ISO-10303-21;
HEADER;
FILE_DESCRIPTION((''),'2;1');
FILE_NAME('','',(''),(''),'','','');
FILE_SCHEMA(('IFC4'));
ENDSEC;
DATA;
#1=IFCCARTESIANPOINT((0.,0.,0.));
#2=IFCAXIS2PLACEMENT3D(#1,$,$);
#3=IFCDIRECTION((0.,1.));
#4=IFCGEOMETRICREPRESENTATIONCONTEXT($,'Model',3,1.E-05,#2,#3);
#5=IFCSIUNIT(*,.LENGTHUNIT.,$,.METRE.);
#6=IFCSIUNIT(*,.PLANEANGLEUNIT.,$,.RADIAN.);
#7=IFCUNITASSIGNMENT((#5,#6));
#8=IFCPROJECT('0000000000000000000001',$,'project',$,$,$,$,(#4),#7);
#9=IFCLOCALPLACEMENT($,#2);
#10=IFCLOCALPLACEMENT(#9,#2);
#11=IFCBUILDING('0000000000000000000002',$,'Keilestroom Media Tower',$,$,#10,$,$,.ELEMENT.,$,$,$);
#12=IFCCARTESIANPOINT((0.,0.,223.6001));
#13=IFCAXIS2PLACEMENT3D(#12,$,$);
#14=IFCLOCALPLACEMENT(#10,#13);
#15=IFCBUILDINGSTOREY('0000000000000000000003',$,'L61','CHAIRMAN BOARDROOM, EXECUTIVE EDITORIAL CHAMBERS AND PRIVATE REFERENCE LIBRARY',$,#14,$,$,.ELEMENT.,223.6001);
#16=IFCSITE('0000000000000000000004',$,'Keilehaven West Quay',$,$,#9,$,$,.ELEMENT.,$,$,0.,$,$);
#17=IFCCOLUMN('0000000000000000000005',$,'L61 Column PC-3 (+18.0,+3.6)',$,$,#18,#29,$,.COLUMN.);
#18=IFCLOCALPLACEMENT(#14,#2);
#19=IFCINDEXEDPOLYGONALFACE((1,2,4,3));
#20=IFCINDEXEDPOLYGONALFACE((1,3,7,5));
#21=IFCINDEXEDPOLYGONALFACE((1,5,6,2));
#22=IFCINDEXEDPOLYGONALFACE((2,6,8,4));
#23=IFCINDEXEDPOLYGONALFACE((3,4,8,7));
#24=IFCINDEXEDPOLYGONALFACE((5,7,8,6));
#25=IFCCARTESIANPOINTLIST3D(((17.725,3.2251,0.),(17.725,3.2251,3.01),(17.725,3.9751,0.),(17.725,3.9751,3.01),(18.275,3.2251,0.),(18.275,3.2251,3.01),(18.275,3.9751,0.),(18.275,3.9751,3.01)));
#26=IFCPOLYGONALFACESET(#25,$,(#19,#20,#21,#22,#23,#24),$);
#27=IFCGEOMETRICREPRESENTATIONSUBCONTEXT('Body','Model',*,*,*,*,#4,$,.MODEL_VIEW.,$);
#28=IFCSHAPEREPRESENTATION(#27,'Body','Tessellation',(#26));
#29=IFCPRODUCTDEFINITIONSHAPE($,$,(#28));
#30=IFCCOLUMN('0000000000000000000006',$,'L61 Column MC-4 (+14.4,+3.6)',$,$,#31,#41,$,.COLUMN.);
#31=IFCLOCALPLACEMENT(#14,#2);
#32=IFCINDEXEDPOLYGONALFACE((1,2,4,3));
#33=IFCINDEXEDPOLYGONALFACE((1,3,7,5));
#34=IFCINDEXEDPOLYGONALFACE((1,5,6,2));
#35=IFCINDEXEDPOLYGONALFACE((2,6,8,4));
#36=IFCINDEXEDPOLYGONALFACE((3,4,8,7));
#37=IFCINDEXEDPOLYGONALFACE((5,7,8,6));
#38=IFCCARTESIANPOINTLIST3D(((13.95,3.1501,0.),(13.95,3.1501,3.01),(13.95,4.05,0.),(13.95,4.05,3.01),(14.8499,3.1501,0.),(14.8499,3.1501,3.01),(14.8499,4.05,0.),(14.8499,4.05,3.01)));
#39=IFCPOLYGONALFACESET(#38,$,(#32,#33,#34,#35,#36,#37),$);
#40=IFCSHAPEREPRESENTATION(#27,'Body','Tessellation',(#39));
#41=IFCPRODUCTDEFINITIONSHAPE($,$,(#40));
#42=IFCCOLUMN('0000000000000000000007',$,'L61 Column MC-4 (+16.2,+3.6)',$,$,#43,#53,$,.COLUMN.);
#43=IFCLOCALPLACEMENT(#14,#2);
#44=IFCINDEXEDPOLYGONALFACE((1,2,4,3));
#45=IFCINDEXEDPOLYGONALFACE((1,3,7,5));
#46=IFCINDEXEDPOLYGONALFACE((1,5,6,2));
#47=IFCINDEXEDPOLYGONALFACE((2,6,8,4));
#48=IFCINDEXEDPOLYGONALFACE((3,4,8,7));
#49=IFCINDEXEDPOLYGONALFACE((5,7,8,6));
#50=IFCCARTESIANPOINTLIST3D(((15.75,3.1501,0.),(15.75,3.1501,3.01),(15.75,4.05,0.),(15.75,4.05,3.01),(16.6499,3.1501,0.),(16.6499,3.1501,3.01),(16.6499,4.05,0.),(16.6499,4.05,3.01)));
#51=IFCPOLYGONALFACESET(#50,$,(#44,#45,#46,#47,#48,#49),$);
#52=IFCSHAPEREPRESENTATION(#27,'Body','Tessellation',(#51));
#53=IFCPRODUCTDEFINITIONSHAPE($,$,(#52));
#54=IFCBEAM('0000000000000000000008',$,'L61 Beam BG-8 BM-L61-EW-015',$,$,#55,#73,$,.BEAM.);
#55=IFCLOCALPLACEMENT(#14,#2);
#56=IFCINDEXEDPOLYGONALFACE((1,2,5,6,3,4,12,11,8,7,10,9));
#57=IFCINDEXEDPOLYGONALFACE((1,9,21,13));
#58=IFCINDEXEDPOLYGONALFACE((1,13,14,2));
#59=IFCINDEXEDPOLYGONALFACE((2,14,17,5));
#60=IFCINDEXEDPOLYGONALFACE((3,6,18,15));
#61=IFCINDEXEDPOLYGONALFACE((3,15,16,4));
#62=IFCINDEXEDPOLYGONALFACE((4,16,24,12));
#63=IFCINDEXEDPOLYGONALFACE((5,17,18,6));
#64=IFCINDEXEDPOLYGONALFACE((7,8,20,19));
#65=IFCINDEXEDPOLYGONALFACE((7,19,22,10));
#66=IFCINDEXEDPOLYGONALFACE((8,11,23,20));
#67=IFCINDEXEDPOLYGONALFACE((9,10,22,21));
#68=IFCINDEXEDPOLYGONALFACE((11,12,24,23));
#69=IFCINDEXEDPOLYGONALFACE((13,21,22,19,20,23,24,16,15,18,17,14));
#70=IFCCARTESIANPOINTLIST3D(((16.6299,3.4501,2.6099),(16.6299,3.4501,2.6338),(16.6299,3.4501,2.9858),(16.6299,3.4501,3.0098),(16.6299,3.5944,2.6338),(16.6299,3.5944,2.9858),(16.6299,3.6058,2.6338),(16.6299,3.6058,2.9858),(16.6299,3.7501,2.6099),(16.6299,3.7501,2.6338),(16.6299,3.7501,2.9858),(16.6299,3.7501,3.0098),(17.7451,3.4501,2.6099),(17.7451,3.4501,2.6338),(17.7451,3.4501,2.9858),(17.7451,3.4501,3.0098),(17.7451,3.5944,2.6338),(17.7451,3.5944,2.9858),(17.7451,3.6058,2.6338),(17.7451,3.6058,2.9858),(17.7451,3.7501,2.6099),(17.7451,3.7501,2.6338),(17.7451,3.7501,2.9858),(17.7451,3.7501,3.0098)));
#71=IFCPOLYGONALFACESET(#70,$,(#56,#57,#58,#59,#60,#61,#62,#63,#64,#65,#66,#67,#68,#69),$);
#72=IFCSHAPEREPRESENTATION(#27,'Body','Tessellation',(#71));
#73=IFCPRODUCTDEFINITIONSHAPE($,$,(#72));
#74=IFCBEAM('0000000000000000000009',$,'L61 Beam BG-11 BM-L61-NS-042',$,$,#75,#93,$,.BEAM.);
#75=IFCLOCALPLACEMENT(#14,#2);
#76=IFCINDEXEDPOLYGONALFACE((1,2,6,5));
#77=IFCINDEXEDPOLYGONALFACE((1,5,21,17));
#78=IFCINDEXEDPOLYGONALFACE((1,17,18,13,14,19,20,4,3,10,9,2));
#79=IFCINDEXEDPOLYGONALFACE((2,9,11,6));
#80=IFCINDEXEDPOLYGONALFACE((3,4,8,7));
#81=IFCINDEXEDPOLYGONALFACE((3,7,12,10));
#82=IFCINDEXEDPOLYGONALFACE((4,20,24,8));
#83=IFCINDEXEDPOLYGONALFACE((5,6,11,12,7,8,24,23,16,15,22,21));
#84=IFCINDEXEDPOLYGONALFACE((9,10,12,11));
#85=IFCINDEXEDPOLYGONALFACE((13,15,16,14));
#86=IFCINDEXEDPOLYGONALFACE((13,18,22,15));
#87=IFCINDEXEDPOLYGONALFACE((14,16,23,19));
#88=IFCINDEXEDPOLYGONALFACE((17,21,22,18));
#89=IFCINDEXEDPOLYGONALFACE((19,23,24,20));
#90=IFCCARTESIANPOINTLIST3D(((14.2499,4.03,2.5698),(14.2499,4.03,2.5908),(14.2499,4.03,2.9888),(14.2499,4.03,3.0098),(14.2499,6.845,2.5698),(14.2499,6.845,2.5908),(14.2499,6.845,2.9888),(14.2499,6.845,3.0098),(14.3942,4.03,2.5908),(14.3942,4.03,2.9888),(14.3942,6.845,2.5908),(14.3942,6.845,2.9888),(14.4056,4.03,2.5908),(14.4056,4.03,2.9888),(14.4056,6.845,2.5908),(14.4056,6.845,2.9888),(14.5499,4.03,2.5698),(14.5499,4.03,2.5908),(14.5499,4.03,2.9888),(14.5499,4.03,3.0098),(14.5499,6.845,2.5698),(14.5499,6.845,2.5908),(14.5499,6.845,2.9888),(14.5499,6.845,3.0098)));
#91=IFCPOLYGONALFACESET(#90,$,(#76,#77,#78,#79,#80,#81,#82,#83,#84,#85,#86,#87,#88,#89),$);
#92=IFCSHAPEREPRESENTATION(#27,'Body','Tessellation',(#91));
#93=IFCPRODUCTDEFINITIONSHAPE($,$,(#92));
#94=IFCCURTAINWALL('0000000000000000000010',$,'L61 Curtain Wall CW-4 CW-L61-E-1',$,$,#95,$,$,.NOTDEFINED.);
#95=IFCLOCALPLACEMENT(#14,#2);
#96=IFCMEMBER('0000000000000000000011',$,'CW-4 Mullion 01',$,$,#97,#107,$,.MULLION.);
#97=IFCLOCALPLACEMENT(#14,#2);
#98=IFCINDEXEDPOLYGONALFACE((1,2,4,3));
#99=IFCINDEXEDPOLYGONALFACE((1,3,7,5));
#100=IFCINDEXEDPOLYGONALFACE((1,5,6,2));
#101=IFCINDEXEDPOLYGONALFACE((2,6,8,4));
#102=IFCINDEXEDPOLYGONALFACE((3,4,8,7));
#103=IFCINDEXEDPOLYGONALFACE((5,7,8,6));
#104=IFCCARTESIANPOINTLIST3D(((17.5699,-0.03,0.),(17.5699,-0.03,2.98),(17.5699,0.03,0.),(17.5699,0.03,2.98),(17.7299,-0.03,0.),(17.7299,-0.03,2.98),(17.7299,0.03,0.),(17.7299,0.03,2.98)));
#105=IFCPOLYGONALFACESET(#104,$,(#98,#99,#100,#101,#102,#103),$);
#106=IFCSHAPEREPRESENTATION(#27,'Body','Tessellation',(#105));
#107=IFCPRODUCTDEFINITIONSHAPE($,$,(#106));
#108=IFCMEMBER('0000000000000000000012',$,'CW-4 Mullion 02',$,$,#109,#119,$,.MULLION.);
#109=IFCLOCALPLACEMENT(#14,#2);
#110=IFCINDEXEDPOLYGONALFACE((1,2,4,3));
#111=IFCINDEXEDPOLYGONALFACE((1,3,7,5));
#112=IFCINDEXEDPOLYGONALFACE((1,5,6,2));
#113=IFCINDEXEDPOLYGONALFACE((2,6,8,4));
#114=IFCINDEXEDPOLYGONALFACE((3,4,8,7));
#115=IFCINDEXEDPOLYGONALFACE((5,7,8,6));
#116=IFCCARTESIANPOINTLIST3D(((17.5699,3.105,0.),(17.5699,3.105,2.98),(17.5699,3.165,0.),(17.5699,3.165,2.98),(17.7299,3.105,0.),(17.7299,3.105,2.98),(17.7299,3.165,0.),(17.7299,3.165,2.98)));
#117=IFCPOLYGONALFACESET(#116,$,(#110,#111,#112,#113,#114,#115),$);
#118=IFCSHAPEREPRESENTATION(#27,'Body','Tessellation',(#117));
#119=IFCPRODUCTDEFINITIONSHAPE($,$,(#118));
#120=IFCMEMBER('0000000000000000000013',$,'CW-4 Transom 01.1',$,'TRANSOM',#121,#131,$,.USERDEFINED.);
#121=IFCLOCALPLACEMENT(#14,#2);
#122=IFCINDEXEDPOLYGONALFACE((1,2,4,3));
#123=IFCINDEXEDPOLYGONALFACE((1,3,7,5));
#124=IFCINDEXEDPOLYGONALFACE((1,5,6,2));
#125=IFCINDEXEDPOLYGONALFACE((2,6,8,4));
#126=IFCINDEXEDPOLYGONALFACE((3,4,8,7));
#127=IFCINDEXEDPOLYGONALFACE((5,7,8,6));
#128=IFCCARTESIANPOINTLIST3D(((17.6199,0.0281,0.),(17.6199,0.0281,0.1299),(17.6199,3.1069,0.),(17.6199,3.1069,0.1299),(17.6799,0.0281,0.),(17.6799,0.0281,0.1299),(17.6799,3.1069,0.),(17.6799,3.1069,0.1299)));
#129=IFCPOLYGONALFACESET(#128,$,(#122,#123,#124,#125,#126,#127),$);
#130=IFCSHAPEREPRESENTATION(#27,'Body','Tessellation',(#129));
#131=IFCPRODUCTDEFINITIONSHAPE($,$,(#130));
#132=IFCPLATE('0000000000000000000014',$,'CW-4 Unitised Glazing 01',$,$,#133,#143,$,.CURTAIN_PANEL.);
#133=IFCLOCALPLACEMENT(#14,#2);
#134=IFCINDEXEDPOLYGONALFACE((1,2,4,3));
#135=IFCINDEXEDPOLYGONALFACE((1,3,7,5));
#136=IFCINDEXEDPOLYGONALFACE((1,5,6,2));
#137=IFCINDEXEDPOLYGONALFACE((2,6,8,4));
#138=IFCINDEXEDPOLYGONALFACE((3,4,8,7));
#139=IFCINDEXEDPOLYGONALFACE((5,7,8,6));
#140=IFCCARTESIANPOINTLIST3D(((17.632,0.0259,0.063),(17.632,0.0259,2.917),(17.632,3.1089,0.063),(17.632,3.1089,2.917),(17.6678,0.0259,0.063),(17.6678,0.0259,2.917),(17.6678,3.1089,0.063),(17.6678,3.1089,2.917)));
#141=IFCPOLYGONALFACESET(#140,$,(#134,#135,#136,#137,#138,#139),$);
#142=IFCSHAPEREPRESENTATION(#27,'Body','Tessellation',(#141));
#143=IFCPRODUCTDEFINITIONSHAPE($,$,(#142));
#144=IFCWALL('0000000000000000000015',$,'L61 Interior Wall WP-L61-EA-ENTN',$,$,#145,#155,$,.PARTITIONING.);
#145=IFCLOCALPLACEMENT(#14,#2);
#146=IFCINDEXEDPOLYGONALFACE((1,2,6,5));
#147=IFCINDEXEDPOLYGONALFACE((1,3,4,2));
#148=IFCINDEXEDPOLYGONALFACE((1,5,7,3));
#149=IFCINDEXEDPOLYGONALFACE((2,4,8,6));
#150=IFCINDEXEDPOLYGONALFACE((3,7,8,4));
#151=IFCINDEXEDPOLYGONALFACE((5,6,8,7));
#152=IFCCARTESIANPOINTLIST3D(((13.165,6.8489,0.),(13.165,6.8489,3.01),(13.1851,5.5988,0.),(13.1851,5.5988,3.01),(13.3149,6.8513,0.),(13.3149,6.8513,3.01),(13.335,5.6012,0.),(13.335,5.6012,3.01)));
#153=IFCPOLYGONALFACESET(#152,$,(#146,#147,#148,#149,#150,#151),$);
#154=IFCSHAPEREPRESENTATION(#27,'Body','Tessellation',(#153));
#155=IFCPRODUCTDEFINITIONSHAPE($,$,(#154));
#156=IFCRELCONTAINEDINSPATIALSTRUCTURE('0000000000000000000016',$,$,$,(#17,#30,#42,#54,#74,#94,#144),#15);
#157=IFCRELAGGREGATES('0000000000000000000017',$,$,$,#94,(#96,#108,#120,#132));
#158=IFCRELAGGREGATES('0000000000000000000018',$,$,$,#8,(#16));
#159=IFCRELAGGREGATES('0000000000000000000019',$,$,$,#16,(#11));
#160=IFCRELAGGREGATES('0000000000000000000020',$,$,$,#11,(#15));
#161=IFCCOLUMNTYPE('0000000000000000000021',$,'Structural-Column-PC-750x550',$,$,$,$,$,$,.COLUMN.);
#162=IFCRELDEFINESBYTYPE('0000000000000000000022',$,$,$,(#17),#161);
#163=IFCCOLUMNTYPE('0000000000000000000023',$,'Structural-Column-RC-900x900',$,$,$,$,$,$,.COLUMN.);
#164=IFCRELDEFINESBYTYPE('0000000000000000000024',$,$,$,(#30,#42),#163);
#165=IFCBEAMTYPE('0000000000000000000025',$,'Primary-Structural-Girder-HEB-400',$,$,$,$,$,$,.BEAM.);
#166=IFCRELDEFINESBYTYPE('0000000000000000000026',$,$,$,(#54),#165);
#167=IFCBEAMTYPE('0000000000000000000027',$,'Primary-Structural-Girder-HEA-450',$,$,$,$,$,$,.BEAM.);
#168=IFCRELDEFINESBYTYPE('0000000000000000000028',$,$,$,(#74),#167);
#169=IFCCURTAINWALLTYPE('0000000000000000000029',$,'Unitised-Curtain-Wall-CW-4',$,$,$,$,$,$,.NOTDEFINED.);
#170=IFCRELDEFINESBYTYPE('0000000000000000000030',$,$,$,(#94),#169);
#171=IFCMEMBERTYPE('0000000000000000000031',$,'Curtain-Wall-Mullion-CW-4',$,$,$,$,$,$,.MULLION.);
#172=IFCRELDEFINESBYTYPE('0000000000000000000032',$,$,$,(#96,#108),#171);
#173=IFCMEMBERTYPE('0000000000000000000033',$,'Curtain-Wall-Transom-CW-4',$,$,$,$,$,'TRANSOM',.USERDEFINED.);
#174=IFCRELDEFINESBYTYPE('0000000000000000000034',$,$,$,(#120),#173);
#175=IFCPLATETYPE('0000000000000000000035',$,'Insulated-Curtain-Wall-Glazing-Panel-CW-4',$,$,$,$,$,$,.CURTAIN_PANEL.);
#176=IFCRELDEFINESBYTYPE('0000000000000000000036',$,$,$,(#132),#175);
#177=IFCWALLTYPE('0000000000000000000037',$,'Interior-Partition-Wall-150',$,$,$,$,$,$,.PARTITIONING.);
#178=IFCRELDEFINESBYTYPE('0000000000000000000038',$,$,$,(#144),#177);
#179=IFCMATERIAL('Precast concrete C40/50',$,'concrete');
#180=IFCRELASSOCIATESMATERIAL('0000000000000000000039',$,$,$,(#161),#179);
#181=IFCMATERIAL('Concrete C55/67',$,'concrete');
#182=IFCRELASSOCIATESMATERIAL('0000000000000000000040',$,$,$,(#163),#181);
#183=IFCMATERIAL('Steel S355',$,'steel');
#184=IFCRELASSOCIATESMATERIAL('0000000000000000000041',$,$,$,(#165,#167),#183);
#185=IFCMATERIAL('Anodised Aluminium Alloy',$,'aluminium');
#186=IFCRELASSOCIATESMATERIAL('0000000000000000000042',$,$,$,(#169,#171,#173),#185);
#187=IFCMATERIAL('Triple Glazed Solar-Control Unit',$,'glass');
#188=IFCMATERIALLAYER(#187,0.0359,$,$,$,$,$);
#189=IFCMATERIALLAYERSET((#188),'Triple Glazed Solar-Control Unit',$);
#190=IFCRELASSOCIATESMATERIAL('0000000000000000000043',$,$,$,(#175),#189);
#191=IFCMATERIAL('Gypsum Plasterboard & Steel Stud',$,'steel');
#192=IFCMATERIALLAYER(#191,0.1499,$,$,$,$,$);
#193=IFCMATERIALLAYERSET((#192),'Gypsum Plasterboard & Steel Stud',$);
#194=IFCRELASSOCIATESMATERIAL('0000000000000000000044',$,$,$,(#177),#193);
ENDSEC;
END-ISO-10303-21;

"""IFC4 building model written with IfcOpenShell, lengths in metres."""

from ifc_helpers import new_model, si_unit, direction, frame, frame_2d, origin, origin_2d, place, context, subcontext, project, spatial, rectangle, i_section, extrude, source, transform, mapped, material, layer, layer_set, material_profile, profile_set, type_object, element, aggregate, save


model = new_model("IFC4")

# Units and contexts
model_context = context("Model", 3, precision=1e-05, world=origin(), true_north=direction((0.0, 1.0)))
body_context = subcontext(model_context, "Body", "Model", "MODEL_VIEW")
ifc_project = project(units=[si_unit("LENGTHUNIT", "METRE"), si_unit("PLANEANGLEUNIT", "RADIAN")], contexts=[model_context])

# Site, building, storey
site_placement = place(None, origin())
site = spatial("IfcSite", under=ifc_project, at=site_placement, Name="Keilehaven West Quay", CompositionType="ELEMENT", RefElevation=0.0)
building_placement = place(site_placement, origin())
building = spatial("IfcBuilding", under=site, at=building_placement, Name="Keilestroom Media Tower", CompositionType="ELEMENT")
storey_placement = place(building_placement, frame((0.0, 0.0, 223.6001)))
storey = spatial("IfcBuildingStorey", under=building, at=storey_placement, Name="L61", Description="CHAIRMAN BOARDROOM, EXECUTIVE EDITORIAL CHAMBERS AND PRIVATE REFERENCE LIBRARY", CompositionType="ELEMENT", Elevation=223.6001)

# Columns
ifc_material_1 = material(Name="Precast concrete C40/50", Category="concrete")
ifc_material_profile_1 = material_profile(ifc_material_1, rectangle(XDim=0.55, YDim=0.75, at=origin_2d()), Name="PC 750x550")
ifc_profile_set_1 = profile_set([ifc_material_profile_1], Name="Precast concrete C40/50")
column_type_1 = type_object("IfcColumnType", Name="Structural-Column-PC-750x550", PredefinedType="COLUMN", material=ifc_profile_set_1)
shared_shape_1 = source(origin(), body_context, "Body", "SweptSolid", [
    extrude(rectangle(XDim=0.55, YDim=0.75, at=origin_2d()), origin(), (0.0, 0.0, 1.0), 3.01),
])
column_placement = place(storey_placement, frame((18.0, 3.6001, 0.0), z_axis=(0.0, 0.0, 1.0), x_axis=(1.0, 0.0, 0.0)))
element("IfcColumn", 1, at=column_placement, inside=storey, type_object=column_type_1, Name="L61 Column PC-3 (+18.0,+3.6)", PredefinedType="COLUMN", context=body_context, shape_type="MappedRepresentation", body=[
    mapped(shared_shape_1, transform((0.0, 0.0, 0.0), x_axis=(1.0, 0.0, 0.0), y_axis=(0.0, 1.0, 0.0), z_axis=(0.0, 0.0, 1.0), scale=1.0)),
])
ifc_material_2 = material(Name="Concrete C55/67", Category="concrete")
ifc_material_profile_2 = material_profile(ifc_material_2, rectangle(XDim=0.8999, YDim=0.8999, at=origin_2d()), Name="RC 900x900")
ifc_profile_set_2 = profile_set([ifc_material_profile_2], Name="Concrete C55/67")
column_type_2 = type_object("IfcColumnType", Name="Structural-Column-RC-900x900", PredefinedType="COLUMN", material=ifc_profile_set_2)
shared_shape_2 = source(origin(), body_context, "Body", "SweptSolid", [
    extrude(rectangle(XDim=0.8999, YDim=0.8999, at=origin_2d()), origin(), (0.0, 0.0, 1.0), 3.01),
])
for number, where, z_axis, x_axis, name in (
    (2, (14.3999, 3.6001, 0.0), (0.0, 0.0, 1.0), (1.0, 0.0, 0.0), "L61 Column MC-4 (+14.4,+3.6)"),
    (3, (16.2, 3.6001, 0.0), (0.0, 0.0, 1.0), (1.0, 0.0, 0.0), "L61 Column MC-4 (+16.2,+3.6)"),
):
    element("IfcColumn", number, at=place(storey_placement, frame(where, z_axis=z_axis, x_axis=x_axis)), inside=storey, type_object=column_type_2, Name=name, PredefinedType="COLUMN", context=body_context, shape_type="MappedRepresentation", body=[
        mapped(shared_shape_2, transform((0.0, 0.0, 0.0), x_axis=(1.0, 0.0, 0.0), y_axis=(0.0, 1.0, 0.0), z_axis=(0.0, 0.0, 1.0), scale=1.0)),
    ])

# Beams
ifc_material_3 = material(Name="Steel S355", Category="steel")
ifc_material_profile_3 = material_profile(ifc_material_3, i_section(OverallWidth=0.3, OverallDepth=0.3999, WebThickness=0.0115, FlangeThickness=0.0239, at=origin_2d()), Name="HEB 400")
ifc_profile_set_3 = profile_set([ifc_material_profile_3], Name="Steel S355")
beam_type_1 = type_object("IfcBeamType", Name="Primary-Structural-Girder-HEB-400", PredefinedType="BEAM", material=ifc_profile_set_3)
shared_shape_3 = source(origin(), body_context, "Body", "SweptSolid", [
    extrude(i_section(OverallWidth=0.3, OverallDepth=0.3999, WebThickness=0.0115, FlangeThickness=0.0239, at=origin_2d()), origin(), (0.0, 0.0, 1.0), 1.1152),
])
beam_1_placement = place(storey_placement, frame((16.6299, 3.6001, 2.8098), z_axis=(1.0, 0.0, 0.0), x_axis=(0.0, 1.0, 0.0)))
element("IfcBeam", 4, at=beam_1_placement, inside=storey, type_object=beam_type_1, Name="L61 Beam BG-8 BM-L61-EW-015", PredefinedType="BEAM", context=body_context, shape_type="MappedRepresentation", body=[
    mapped(shared_shape_3, transform((0.0, 0.0, 0.0), x_axis=(1.0, 0.0, 0.0), y_axis=(0.0, 1.0, 0.0), z_axis=(0.0, 0.0, 1.0), scale=1.0)),
])
ifc_material_profile_4 = material_profile(ifc_material_3, i_section(OverallWidth=0.3, OverallDepth=0.4399, WebThickness=0.0115, FlangeThickness=0.021, at=origin_2d()), Name="HEA 450")
ifc_profile_set_4 = profile_set([ifc_material_profile_4], Name="Steel S355")
beam_type_2 = type_object("IfcBeamType", Name="Primary-Structural-Girder-HEA-450", PredefinedType="BEAM", material=ifc_profile_set_4)
shared_shape_4 = source(origin(), body_context, "Body", "SweptSolid", [
    extrude(i_section(OverallWidth=0.3, OverallDepth=0.4399, WebThickness=0.0115, FlangeThickness=0.021, at=origin_2d()), origin(), (0.0, 0.0, 1.0), 2.8149),
])
beam_2_placement = place(storey_placement, frame((14.3999, 4.03, 2.7898), z_axis=(0.0, 1.0, 0.0), x_axis=(-1.0, 0.0, 0.0)))
element("IfcBeam", 5, at=beam_2_placement, inside=storey, type_object=beam_type_2, Name="L61 Beam BG-11 BM-L61-NS-042", PredefinedType="BEAM", context=body_context, shape_type="MappedRepresentation", body=[
    mapped(shared_shape_4, transform((0.0, 0.0, 0.0), x_axis=(1.0, 0.0, 0.0), y_axis=(0.0, 1.0, 0.0), z_axis=(0.0, 0.0, 1.0), scale=1.0)),
])

# Curtain wall, members, plate
ifc_material_4 = material(Name="Anodised Aluminium Alloy", Category="aluminium")
curtain_wall_type = type_object("IfcCurtainWallType", Name="Unitised-Curtain-Wall-CW-4", PredefinedType="NOTDEFINED", material=ifc_material_4)
curtain_wall_placement = place(storey_placement, origin())
curtain_wall = element("IfcCurtainWall", 6, at=curtain_wall_placement, inside=storey, type_object=curtain_wall_type, Name="L61 Curtain Wall CW-4 CW-L61-E-1", PredefinedType="NOTDEFINED")
ifc_material_profile_5 = material_profile(ifc_material_4, rectangle(XDim=0.0601, YDim=0.1599, at=origin_2d()), Name="ALU MULLION 60x160")
ifc_profile_set_5 = profile_set([ifc_material_profile_5], Name="Anodised Aluminium Alloy")
member_type_1 = type_object("IfcMemberType", Name="Curtain-Wall-Mullion-CW-4", PredefinedType="MULLION", material=ifc_profile_set_5)
shared_shape_5 = source(origin(), body_context, "Body", "SweptSolid", [
    extrude(rectangle(XDim=0.0601, YDim=0.1599, at=origin_2d()), origin(), (0.0, 0.0, 1.0), 2.98),
])
member_1_placement = place(storey_placement, frame((17.6499, 0.0, 0.0), z_axis=(0.0, 0.0, 1.0), x_axis=(0.0, 1.0, 0.0)))
member_1 = element("IfcMember", 7, at=member_1_placement, type_object=member_type_1, Name="CW-4 Mullion 01", PredefinedType="MULLION", context=body_context, shape_type="MappedRepresentation", body=[
    mapped(shared_shape_5, transform((0.0, 0.0, 0.0), x_axis=(1.0, 0.0, 0.0), y_axis=(0.0, 1.0, 0.0), z_axis=(0.0, 0.0, 1.0), scale=1.0)),
])
member_2_placement = place(storey_placement, frame((17.6499, 3.135, 0.0), z_axis=(0.0, 0.0, 1.0), x_axis=(0.0, 1.0, 0.0)))
member_2 = element("IfcMember", 8, at=member_2_placement, type_object=member_type_1, Name="CW-4 Mullion 02", PredefinedType="MULLION", context=body_context, shape_type="MappedRepresentation", body=[
    mapped(shared_shape_5, transform((0.0, 0.0, 0.0), x_axis=(1.0, 0.0, 0.0), y_axis=(0.0, 1.0, 0.0), z_axis=(0.0, 0.0, 1.0), scale=1.0)),
])
ifc_material_profile_6 = material_profile(ifc_material_4, rectangle(XDim=0.0601, YDim=0.1299, at=origin_2d()), Name="ALU TRANSOM 60x130")
ifc_profile_set_6 = profile_set([ifc_material_profile_6], Name="Anodised Aluminium Alloy")
member_type_2 = type_object("IfcMemberType", Name="Curtain-Wall-Transom-CW-4", ElementType="TRANSOM", PredefinedType="USERDEFINED", material=ifc_profile_set_6)
shared_shape_6 = source(origin(), body_context, "Body", "SweptSolid", [
    extrude(rectangle(XDim=0.0601, YDim=0.1299, at=origin_2d()), origin(), (0.0, 0.0, 1.0), 3.0789),
])
member_3_placement = place(storey_placement, frame((17.6499, 0.0281, 0.0649), z_axis=(0.0, 1.0, 0.0), x_axis=(-1.0, 0.0, 0.0)))
member_3 = element("IfcMember", 9, at=member_3_placement, type_object=member_type_2, Name="CW-4 Transom 01.1", ObjectType="TRANSOM", PredefinedType="USERDEFINED", context=body_context, shape_type="MappedRepresentation", body=[
    mapped(shared_shape_6, transform((0.0, 0.0, 0.0), x_axis=(1.0, 0.0, 0.0), y_axis=(0.0, 1.0, 0.0), z_axis=(0.0, 0.0, 1.0), scale=1.0)),
])
ifc_material_5 = material(Name="Triple Glazed Solar-Control Unit", Category="glass")
ifc_layer_1 = layer(ifc_material_5, 0.0359)
ifc_layer_set_1 = layer_set([ifc_layer_1], Name="Triple Glazed Solar-Control Unit")
plate_type = type_object("IfcPlateType", Name="Insulated-Curtain-Wall-Glazing-Panel-CW-4", PredefinedType="CURTAIN_PANEL", material=ifc_layer_set_1)
shared_shape_7 = source(origin(), body_context, "Body", "SweptSolid", [
    extrude(rectangle(XDim=3.083, YDim=0.0359, at=origin_2d()), origin(), (0.0, 0.0, 1.0), 2.854),
])
plate_placement = place(storey_placement, frame((17.6499, 1.5674, 0.063), z_axis=(0.0, 0.0, 1.0), x_axis=(0.0, 1.0, 0.0)))
plate = element("IfcPlate", 10, at=plate_placement, type_object=plate_type, Name="CW-4 Unitised Glazing 01", PredefinedType="CURTAIN_PANEL", context=body_context, shape_type="MappedRepresentation", body=[
    mapped(shared_shape_7, transform((0.0, 0.0, 0.0), x_axis=(1.0, 0.0, 0.0), y_axis=(0.0, 1.0, 0.0), z_axis=(0.0, 0.0, 1.0), scale=1.0)),
])
aggregate(curtain_wall, [member_1, member_2, member_3, plate])

# Wall
ifc_material_6 = material(Name="Gypsum Plasterboard & Steel Stud", Category="steel")
ifc_layer_2 = layer(ifc_material_6, 0.1499)
ifc_layer_set_2 = layer_set([ifc_layer_2], Name="Gypsum Plasterboard & Steel Stud")
wall_type_1 = type_object("IfcWallType", Name="Interior-Partition-Wall-150", PredefinedType="PARTITIONING", material=ifc_layer_set_2)
wall_1_placement = place(storey_placement, frame((13.26, 5.6001, 0.0), z_axis=(0.0, 0.0, 1.0), x_axis=(-0.016014, 0.999872, 0.0)))
element("IfcWall", 11, at=wall_1_placement, inside=storey, type_object=wall_type_1, Name="L61 Interior Wall WP-L61-EA-ENTN", PredefinedType="PARTITIONING", context=body_context, shape_type="SweptSolid", body=[
    extrude(rectangle(XDim=1.2502, YDim=0.1499, at=frame_2d((0.625, 0.0))), origin(), (0.0, 0.0, 1.0), 3.01),
])

save(model, "model.ifc")
